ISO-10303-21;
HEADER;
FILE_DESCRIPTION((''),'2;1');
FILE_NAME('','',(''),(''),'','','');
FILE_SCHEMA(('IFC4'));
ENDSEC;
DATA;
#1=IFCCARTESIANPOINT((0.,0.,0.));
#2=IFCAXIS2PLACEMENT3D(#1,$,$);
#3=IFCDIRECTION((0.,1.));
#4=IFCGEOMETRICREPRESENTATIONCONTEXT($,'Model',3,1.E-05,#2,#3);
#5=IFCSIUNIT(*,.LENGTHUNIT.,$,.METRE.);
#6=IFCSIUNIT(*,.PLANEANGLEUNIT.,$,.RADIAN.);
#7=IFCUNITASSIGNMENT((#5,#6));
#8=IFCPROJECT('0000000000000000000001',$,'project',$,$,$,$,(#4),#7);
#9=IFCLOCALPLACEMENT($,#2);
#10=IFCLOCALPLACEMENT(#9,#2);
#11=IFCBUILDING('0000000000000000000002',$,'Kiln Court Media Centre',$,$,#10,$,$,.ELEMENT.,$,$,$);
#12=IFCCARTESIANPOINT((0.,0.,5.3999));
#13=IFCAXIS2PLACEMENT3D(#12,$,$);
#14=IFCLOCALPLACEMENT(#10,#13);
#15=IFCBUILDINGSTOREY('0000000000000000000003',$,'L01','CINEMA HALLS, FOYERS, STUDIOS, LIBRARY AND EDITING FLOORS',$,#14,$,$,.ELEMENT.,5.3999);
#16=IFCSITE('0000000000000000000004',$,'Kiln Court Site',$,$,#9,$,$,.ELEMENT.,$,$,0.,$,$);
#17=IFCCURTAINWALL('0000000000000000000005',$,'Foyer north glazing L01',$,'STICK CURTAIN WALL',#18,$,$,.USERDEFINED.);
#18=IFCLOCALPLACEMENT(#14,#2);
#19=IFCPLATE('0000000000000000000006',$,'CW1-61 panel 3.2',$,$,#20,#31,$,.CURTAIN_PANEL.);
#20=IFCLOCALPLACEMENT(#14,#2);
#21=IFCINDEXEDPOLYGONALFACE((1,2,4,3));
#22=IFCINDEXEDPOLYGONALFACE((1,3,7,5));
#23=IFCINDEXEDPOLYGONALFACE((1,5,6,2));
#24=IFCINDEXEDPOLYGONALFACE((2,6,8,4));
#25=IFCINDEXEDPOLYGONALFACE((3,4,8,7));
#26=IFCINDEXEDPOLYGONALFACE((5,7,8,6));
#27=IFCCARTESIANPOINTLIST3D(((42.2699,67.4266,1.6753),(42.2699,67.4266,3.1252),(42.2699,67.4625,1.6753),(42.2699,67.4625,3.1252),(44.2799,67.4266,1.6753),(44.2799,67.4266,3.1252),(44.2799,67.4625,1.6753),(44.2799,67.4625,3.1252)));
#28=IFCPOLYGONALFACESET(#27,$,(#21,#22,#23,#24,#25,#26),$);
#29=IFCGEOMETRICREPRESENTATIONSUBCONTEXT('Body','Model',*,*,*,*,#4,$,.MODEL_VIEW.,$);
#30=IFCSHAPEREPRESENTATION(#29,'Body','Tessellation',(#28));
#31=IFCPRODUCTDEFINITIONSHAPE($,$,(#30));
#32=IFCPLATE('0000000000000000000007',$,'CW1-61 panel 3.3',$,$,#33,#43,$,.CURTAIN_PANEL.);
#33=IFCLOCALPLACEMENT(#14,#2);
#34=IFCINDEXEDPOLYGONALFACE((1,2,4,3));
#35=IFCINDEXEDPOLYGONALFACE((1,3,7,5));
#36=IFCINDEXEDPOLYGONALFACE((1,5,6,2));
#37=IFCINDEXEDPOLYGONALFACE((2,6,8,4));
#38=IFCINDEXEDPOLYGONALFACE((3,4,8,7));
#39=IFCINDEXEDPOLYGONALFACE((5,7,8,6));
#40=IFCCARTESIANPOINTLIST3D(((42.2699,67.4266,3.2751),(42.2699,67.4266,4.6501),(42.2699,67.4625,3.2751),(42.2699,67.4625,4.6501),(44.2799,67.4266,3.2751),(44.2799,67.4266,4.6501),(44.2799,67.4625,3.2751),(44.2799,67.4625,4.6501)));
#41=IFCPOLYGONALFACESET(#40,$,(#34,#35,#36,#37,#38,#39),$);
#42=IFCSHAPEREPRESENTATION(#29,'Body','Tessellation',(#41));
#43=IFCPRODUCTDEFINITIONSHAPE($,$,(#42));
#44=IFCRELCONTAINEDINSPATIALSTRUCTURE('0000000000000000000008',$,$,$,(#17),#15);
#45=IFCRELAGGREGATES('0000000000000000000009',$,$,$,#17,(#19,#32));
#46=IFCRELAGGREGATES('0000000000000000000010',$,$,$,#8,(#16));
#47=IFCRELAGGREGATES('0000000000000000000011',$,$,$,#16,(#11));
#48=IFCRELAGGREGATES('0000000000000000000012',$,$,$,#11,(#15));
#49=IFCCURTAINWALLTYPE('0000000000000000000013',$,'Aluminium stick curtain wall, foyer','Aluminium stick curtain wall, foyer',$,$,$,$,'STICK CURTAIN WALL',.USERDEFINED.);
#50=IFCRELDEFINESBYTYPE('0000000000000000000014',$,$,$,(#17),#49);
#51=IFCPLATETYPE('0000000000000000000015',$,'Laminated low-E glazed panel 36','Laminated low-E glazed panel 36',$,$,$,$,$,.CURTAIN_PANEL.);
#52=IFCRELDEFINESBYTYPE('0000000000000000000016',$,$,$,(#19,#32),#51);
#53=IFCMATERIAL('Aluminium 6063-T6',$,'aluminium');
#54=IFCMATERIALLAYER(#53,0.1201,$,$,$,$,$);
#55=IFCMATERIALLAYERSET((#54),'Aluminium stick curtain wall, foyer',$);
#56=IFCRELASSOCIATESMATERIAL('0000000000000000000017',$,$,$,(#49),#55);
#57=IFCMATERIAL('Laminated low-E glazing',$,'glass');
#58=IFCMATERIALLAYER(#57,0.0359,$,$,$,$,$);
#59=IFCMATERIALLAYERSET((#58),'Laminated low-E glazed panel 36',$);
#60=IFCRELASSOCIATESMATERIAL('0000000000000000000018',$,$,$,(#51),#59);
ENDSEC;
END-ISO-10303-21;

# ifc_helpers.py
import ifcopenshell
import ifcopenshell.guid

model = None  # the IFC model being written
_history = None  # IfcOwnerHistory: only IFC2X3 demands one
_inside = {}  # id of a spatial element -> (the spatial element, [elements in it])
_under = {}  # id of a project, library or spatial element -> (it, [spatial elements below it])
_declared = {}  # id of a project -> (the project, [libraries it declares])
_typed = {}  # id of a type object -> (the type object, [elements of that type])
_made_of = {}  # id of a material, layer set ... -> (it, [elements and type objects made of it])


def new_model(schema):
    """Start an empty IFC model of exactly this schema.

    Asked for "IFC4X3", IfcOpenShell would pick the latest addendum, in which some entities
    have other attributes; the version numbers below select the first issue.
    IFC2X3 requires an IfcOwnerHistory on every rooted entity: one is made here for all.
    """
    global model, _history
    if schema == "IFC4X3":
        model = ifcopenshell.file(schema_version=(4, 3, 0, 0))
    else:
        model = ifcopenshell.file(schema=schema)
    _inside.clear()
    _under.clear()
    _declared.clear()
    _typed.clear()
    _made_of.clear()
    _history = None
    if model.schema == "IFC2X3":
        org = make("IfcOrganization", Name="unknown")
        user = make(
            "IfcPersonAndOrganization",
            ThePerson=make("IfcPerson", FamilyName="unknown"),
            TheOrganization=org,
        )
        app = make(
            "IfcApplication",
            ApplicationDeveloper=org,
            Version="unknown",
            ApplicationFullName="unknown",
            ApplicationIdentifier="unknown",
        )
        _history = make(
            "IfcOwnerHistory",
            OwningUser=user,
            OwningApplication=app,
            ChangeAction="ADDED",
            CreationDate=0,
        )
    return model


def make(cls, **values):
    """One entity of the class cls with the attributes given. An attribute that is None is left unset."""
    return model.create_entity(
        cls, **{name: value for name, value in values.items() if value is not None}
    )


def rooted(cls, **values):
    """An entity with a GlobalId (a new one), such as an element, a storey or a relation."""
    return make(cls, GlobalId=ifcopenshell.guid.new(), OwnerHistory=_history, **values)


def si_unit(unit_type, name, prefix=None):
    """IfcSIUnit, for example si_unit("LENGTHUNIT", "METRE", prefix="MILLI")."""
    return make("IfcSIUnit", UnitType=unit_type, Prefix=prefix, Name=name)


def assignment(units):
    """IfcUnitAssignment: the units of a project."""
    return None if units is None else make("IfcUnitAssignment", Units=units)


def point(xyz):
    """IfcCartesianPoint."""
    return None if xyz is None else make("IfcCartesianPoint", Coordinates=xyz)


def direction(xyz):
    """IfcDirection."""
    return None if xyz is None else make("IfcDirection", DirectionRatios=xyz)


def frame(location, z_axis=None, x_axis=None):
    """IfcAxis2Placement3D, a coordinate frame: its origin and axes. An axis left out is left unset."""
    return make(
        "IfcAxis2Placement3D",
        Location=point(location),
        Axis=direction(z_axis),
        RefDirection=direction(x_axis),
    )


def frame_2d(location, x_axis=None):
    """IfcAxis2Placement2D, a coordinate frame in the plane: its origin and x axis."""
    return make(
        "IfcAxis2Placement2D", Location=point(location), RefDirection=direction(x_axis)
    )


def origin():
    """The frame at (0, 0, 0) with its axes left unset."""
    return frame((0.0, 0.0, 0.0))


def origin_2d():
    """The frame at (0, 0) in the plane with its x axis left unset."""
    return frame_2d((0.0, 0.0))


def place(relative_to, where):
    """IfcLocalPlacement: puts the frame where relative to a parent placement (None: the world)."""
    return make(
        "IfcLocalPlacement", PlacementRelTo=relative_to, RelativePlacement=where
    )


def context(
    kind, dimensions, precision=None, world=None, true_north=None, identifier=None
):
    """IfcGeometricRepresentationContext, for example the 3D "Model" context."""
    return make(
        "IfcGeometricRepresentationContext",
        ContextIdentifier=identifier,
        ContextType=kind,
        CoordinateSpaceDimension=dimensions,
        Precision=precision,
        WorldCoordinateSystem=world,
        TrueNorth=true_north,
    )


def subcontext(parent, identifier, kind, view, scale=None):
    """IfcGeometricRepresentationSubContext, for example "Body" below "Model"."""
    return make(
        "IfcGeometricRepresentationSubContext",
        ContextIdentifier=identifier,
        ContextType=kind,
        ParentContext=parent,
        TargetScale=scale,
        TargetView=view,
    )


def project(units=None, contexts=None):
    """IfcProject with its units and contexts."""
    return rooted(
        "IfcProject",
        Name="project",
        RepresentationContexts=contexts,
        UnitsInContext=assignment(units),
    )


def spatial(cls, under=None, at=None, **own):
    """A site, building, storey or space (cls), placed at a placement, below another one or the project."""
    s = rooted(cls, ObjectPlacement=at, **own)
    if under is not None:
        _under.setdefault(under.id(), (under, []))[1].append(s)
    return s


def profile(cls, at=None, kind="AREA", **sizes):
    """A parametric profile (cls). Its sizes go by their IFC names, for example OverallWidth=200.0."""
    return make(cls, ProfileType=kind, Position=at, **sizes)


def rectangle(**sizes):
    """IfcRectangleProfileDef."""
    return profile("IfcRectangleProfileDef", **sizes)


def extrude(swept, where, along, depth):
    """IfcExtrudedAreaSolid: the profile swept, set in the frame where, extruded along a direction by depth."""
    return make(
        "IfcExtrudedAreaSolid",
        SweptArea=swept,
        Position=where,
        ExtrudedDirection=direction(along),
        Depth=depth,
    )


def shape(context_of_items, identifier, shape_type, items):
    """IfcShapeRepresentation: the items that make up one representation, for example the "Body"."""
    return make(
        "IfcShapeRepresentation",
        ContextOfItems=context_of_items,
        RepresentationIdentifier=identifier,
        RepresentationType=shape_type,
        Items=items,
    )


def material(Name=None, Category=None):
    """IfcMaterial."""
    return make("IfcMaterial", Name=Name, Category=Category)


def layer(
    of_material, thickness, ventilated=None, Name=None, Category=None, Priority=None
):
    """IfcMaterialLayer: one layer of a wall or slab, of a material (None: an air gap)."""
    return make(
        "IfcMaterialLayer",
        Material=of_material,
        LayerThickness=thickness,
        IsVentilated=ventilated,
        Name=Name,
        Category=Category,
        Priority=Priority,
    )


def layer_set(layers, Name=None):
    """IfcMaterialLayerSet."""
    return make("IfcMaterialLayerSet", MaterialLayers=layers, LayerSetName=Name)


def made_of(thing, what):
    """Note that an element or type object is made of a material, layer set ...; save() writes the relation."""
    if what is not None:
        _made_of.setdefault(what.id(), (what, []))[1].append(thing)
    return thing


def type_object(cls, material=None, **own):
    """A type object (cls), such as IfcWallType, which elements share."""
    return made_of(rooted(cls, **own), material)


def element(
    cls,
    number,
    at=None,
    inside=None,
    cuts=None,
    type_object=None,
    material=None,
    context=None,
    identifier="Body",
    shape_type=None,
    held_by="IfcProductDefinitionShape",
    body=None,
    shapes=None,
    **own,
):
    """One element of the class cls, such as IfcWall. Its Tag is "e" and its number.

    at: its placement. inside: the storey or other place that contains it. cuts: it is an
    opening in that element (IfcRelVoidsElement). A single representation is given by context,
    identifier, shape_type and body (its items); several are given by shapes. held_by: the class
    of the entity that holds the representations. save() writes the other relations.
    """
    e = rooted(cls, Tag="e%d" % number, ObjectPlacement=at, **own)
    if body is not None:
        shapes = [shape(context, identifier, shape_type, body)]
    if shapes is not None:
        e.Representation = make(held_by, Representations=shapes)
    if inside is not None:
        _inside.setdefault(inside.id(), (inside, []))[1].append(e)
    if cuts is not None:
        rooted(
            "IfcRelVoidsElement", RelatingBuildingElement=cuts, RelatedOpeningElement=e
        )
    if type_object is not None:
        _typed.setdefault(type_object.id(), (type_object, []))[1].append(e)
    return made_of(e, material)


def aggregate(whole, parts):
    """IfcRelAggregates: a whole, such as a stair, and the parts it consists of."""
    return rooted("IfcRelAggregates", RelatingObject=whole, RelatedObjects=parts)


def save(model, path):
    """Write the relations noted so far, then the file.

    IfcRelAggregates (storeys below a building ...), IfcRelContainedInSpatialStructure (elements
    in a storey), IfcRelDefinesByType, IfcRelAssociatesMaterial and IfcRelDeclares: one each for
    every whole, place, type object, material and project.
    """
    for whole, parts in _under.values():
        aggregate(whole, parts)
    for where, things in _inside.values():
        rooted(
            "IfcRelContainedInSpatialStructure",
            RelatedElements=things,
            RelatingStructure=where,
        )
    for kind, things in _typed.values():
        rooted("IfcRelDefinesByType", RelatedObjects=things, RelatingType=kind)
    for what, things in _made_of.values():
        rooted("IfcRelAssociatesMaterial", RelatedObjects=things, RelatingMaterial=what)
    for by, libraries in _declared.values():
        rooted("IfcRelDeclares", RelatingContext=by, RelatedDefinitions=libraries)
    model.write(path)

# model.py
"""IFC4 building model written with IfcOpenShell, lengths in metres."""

from ifc_helpers import new_model, si_unit, direction, frame, origin, origin_2d, place, context, subcontext, project, spatial, rectangle, extrude, material, layer, layer_set, type_object, element, aggregate, save


model = new_model("IFC4")

# Units and contexts
model_context = context("Model", 3, precision=1e-05, world=origin(), true_north=direction((0.0, 1.0)))
body_context = subcontext(model_context, "Body", "Model", "MODEL_VIEW")
ifc_project = project(units=[si_unit("LENGTHUNIT", "METRE"), si_unit("PLANEANGLEUNIT", "RADIAN")], contexts=[model_context])

# Site, building, storey
site_placement = place(None, origin())
site = spatial("IfcSite", under=ifc_project, at=site_placement, Name="Kiln Court Site", CompositionType="ELEMENT", RefElevation=0.0)
building_placement = place(site_placement, origin())
building = spatial("IfcBuilding", under=site, at=building_placement, Name="Kiln Court Media Centre", CompositionType="ELEMENT")
storey_placement = place(building_placement, frame((0.0, 0.0, 5.3999)))
storey = spatial("IfcBuildingStorey", under=building, at=storey_placement, Name="L01", Description="CINEMA HALLS, FOYERS, STUDIOS, LIBRARY AND EDITING FLOORS", CompositionType="ELEMENT", Elevation=5.3999)

# Shared definitions
ifc_material_1 = material(Name="Aluminium 6063-T6", Category="aluminium")
ifc_layer_1 = layer(ifc_material_1, 0.1201)
ifc_layer_set_1 = layer_set([ifc_layer_1], Name="Aluminium stick curtain wall, foyer")
curtain_wall_type = type_object("IfcCurtainWallType", Name="Aluminium stick curtain wall, foyer", Description="Aluminium stick curtain wall, foyer", ElementType="STICK CURTAIN WALL", PredefinedType="USERDEFINED", material=ifc_layer_set_1)

# Curtain wall, plates
curtain_wall_1_placement = place(storey_placement, origin())
curtain_wall_1 = element("IfcCurtainWall", 1, at=curtain_wall_1_placement, inside=storey, type_object=curtain_wall_type, Name="Foyer north glazing L01", ObjectType="STICK CURTAIN WALL", PredefinedType="USERDEFINED")
ifc_material_2 = material(Name="Laminated low-E glazing", Category="glass")
ifc_layer_2 = layer(ifc_material_2, 0.0359)
ifc_layer_set_2 = layer_set([ifc_layer_2], Name="Laminated low-E glazed panel 36")
plate_type = type_object("IfcPlateType", Name="Laminated low-E glazed panel 36", Description="Laminated low-E glazed panel 36", PredefinedType="CURTAIN_PANEL", material=ifc_layer_set_2)
plate_1_placement = place(storey_placement, frame((43.2749, 67.4446, 1.6753), z_axis=(0.0, 0.0, 1.0), x_axis=(1.0, 0.0, 0.0)))
plate_1 = element("IfcPlate", 2, at=plate_1_placement, type_object=plate_type, Name="CW1-61 panel 3.2", PredefinedType="CURTAIN_PANEL", context=body_context, shape_type="SweptSolid", body=[
    extrude(rectangle(XDim=2.01, YDim=0.0359, at=origin_2d()), origin(), (0.0, 0.0, 1.0), 1.45),
])
plate_2_placement = place(storey_placement, frame((43.2749, 67.4446, 3.2751), z_axis=(0.0, 0.0, 1.0), x_axis=(1.0, 0.0, 0.0)))
plate_2 = element("IfcPlate", 3, at=plate_2_placement, type_object=plate_type, Name="CW1-61 panel 3.3", PredefinedType="CURTAIN_PANEL", context=body_context, shape_type="SweptSolid", body=[
    extrude(rectangle(XDim=2.01, YDim=0.0359, at=origin_2d()), origin(), (0.0, 0.0, 1.0), 1.375),
])
aggregate(curtain_wall_1, [plate_1, plate_2])

save(model, "model.ifc")
